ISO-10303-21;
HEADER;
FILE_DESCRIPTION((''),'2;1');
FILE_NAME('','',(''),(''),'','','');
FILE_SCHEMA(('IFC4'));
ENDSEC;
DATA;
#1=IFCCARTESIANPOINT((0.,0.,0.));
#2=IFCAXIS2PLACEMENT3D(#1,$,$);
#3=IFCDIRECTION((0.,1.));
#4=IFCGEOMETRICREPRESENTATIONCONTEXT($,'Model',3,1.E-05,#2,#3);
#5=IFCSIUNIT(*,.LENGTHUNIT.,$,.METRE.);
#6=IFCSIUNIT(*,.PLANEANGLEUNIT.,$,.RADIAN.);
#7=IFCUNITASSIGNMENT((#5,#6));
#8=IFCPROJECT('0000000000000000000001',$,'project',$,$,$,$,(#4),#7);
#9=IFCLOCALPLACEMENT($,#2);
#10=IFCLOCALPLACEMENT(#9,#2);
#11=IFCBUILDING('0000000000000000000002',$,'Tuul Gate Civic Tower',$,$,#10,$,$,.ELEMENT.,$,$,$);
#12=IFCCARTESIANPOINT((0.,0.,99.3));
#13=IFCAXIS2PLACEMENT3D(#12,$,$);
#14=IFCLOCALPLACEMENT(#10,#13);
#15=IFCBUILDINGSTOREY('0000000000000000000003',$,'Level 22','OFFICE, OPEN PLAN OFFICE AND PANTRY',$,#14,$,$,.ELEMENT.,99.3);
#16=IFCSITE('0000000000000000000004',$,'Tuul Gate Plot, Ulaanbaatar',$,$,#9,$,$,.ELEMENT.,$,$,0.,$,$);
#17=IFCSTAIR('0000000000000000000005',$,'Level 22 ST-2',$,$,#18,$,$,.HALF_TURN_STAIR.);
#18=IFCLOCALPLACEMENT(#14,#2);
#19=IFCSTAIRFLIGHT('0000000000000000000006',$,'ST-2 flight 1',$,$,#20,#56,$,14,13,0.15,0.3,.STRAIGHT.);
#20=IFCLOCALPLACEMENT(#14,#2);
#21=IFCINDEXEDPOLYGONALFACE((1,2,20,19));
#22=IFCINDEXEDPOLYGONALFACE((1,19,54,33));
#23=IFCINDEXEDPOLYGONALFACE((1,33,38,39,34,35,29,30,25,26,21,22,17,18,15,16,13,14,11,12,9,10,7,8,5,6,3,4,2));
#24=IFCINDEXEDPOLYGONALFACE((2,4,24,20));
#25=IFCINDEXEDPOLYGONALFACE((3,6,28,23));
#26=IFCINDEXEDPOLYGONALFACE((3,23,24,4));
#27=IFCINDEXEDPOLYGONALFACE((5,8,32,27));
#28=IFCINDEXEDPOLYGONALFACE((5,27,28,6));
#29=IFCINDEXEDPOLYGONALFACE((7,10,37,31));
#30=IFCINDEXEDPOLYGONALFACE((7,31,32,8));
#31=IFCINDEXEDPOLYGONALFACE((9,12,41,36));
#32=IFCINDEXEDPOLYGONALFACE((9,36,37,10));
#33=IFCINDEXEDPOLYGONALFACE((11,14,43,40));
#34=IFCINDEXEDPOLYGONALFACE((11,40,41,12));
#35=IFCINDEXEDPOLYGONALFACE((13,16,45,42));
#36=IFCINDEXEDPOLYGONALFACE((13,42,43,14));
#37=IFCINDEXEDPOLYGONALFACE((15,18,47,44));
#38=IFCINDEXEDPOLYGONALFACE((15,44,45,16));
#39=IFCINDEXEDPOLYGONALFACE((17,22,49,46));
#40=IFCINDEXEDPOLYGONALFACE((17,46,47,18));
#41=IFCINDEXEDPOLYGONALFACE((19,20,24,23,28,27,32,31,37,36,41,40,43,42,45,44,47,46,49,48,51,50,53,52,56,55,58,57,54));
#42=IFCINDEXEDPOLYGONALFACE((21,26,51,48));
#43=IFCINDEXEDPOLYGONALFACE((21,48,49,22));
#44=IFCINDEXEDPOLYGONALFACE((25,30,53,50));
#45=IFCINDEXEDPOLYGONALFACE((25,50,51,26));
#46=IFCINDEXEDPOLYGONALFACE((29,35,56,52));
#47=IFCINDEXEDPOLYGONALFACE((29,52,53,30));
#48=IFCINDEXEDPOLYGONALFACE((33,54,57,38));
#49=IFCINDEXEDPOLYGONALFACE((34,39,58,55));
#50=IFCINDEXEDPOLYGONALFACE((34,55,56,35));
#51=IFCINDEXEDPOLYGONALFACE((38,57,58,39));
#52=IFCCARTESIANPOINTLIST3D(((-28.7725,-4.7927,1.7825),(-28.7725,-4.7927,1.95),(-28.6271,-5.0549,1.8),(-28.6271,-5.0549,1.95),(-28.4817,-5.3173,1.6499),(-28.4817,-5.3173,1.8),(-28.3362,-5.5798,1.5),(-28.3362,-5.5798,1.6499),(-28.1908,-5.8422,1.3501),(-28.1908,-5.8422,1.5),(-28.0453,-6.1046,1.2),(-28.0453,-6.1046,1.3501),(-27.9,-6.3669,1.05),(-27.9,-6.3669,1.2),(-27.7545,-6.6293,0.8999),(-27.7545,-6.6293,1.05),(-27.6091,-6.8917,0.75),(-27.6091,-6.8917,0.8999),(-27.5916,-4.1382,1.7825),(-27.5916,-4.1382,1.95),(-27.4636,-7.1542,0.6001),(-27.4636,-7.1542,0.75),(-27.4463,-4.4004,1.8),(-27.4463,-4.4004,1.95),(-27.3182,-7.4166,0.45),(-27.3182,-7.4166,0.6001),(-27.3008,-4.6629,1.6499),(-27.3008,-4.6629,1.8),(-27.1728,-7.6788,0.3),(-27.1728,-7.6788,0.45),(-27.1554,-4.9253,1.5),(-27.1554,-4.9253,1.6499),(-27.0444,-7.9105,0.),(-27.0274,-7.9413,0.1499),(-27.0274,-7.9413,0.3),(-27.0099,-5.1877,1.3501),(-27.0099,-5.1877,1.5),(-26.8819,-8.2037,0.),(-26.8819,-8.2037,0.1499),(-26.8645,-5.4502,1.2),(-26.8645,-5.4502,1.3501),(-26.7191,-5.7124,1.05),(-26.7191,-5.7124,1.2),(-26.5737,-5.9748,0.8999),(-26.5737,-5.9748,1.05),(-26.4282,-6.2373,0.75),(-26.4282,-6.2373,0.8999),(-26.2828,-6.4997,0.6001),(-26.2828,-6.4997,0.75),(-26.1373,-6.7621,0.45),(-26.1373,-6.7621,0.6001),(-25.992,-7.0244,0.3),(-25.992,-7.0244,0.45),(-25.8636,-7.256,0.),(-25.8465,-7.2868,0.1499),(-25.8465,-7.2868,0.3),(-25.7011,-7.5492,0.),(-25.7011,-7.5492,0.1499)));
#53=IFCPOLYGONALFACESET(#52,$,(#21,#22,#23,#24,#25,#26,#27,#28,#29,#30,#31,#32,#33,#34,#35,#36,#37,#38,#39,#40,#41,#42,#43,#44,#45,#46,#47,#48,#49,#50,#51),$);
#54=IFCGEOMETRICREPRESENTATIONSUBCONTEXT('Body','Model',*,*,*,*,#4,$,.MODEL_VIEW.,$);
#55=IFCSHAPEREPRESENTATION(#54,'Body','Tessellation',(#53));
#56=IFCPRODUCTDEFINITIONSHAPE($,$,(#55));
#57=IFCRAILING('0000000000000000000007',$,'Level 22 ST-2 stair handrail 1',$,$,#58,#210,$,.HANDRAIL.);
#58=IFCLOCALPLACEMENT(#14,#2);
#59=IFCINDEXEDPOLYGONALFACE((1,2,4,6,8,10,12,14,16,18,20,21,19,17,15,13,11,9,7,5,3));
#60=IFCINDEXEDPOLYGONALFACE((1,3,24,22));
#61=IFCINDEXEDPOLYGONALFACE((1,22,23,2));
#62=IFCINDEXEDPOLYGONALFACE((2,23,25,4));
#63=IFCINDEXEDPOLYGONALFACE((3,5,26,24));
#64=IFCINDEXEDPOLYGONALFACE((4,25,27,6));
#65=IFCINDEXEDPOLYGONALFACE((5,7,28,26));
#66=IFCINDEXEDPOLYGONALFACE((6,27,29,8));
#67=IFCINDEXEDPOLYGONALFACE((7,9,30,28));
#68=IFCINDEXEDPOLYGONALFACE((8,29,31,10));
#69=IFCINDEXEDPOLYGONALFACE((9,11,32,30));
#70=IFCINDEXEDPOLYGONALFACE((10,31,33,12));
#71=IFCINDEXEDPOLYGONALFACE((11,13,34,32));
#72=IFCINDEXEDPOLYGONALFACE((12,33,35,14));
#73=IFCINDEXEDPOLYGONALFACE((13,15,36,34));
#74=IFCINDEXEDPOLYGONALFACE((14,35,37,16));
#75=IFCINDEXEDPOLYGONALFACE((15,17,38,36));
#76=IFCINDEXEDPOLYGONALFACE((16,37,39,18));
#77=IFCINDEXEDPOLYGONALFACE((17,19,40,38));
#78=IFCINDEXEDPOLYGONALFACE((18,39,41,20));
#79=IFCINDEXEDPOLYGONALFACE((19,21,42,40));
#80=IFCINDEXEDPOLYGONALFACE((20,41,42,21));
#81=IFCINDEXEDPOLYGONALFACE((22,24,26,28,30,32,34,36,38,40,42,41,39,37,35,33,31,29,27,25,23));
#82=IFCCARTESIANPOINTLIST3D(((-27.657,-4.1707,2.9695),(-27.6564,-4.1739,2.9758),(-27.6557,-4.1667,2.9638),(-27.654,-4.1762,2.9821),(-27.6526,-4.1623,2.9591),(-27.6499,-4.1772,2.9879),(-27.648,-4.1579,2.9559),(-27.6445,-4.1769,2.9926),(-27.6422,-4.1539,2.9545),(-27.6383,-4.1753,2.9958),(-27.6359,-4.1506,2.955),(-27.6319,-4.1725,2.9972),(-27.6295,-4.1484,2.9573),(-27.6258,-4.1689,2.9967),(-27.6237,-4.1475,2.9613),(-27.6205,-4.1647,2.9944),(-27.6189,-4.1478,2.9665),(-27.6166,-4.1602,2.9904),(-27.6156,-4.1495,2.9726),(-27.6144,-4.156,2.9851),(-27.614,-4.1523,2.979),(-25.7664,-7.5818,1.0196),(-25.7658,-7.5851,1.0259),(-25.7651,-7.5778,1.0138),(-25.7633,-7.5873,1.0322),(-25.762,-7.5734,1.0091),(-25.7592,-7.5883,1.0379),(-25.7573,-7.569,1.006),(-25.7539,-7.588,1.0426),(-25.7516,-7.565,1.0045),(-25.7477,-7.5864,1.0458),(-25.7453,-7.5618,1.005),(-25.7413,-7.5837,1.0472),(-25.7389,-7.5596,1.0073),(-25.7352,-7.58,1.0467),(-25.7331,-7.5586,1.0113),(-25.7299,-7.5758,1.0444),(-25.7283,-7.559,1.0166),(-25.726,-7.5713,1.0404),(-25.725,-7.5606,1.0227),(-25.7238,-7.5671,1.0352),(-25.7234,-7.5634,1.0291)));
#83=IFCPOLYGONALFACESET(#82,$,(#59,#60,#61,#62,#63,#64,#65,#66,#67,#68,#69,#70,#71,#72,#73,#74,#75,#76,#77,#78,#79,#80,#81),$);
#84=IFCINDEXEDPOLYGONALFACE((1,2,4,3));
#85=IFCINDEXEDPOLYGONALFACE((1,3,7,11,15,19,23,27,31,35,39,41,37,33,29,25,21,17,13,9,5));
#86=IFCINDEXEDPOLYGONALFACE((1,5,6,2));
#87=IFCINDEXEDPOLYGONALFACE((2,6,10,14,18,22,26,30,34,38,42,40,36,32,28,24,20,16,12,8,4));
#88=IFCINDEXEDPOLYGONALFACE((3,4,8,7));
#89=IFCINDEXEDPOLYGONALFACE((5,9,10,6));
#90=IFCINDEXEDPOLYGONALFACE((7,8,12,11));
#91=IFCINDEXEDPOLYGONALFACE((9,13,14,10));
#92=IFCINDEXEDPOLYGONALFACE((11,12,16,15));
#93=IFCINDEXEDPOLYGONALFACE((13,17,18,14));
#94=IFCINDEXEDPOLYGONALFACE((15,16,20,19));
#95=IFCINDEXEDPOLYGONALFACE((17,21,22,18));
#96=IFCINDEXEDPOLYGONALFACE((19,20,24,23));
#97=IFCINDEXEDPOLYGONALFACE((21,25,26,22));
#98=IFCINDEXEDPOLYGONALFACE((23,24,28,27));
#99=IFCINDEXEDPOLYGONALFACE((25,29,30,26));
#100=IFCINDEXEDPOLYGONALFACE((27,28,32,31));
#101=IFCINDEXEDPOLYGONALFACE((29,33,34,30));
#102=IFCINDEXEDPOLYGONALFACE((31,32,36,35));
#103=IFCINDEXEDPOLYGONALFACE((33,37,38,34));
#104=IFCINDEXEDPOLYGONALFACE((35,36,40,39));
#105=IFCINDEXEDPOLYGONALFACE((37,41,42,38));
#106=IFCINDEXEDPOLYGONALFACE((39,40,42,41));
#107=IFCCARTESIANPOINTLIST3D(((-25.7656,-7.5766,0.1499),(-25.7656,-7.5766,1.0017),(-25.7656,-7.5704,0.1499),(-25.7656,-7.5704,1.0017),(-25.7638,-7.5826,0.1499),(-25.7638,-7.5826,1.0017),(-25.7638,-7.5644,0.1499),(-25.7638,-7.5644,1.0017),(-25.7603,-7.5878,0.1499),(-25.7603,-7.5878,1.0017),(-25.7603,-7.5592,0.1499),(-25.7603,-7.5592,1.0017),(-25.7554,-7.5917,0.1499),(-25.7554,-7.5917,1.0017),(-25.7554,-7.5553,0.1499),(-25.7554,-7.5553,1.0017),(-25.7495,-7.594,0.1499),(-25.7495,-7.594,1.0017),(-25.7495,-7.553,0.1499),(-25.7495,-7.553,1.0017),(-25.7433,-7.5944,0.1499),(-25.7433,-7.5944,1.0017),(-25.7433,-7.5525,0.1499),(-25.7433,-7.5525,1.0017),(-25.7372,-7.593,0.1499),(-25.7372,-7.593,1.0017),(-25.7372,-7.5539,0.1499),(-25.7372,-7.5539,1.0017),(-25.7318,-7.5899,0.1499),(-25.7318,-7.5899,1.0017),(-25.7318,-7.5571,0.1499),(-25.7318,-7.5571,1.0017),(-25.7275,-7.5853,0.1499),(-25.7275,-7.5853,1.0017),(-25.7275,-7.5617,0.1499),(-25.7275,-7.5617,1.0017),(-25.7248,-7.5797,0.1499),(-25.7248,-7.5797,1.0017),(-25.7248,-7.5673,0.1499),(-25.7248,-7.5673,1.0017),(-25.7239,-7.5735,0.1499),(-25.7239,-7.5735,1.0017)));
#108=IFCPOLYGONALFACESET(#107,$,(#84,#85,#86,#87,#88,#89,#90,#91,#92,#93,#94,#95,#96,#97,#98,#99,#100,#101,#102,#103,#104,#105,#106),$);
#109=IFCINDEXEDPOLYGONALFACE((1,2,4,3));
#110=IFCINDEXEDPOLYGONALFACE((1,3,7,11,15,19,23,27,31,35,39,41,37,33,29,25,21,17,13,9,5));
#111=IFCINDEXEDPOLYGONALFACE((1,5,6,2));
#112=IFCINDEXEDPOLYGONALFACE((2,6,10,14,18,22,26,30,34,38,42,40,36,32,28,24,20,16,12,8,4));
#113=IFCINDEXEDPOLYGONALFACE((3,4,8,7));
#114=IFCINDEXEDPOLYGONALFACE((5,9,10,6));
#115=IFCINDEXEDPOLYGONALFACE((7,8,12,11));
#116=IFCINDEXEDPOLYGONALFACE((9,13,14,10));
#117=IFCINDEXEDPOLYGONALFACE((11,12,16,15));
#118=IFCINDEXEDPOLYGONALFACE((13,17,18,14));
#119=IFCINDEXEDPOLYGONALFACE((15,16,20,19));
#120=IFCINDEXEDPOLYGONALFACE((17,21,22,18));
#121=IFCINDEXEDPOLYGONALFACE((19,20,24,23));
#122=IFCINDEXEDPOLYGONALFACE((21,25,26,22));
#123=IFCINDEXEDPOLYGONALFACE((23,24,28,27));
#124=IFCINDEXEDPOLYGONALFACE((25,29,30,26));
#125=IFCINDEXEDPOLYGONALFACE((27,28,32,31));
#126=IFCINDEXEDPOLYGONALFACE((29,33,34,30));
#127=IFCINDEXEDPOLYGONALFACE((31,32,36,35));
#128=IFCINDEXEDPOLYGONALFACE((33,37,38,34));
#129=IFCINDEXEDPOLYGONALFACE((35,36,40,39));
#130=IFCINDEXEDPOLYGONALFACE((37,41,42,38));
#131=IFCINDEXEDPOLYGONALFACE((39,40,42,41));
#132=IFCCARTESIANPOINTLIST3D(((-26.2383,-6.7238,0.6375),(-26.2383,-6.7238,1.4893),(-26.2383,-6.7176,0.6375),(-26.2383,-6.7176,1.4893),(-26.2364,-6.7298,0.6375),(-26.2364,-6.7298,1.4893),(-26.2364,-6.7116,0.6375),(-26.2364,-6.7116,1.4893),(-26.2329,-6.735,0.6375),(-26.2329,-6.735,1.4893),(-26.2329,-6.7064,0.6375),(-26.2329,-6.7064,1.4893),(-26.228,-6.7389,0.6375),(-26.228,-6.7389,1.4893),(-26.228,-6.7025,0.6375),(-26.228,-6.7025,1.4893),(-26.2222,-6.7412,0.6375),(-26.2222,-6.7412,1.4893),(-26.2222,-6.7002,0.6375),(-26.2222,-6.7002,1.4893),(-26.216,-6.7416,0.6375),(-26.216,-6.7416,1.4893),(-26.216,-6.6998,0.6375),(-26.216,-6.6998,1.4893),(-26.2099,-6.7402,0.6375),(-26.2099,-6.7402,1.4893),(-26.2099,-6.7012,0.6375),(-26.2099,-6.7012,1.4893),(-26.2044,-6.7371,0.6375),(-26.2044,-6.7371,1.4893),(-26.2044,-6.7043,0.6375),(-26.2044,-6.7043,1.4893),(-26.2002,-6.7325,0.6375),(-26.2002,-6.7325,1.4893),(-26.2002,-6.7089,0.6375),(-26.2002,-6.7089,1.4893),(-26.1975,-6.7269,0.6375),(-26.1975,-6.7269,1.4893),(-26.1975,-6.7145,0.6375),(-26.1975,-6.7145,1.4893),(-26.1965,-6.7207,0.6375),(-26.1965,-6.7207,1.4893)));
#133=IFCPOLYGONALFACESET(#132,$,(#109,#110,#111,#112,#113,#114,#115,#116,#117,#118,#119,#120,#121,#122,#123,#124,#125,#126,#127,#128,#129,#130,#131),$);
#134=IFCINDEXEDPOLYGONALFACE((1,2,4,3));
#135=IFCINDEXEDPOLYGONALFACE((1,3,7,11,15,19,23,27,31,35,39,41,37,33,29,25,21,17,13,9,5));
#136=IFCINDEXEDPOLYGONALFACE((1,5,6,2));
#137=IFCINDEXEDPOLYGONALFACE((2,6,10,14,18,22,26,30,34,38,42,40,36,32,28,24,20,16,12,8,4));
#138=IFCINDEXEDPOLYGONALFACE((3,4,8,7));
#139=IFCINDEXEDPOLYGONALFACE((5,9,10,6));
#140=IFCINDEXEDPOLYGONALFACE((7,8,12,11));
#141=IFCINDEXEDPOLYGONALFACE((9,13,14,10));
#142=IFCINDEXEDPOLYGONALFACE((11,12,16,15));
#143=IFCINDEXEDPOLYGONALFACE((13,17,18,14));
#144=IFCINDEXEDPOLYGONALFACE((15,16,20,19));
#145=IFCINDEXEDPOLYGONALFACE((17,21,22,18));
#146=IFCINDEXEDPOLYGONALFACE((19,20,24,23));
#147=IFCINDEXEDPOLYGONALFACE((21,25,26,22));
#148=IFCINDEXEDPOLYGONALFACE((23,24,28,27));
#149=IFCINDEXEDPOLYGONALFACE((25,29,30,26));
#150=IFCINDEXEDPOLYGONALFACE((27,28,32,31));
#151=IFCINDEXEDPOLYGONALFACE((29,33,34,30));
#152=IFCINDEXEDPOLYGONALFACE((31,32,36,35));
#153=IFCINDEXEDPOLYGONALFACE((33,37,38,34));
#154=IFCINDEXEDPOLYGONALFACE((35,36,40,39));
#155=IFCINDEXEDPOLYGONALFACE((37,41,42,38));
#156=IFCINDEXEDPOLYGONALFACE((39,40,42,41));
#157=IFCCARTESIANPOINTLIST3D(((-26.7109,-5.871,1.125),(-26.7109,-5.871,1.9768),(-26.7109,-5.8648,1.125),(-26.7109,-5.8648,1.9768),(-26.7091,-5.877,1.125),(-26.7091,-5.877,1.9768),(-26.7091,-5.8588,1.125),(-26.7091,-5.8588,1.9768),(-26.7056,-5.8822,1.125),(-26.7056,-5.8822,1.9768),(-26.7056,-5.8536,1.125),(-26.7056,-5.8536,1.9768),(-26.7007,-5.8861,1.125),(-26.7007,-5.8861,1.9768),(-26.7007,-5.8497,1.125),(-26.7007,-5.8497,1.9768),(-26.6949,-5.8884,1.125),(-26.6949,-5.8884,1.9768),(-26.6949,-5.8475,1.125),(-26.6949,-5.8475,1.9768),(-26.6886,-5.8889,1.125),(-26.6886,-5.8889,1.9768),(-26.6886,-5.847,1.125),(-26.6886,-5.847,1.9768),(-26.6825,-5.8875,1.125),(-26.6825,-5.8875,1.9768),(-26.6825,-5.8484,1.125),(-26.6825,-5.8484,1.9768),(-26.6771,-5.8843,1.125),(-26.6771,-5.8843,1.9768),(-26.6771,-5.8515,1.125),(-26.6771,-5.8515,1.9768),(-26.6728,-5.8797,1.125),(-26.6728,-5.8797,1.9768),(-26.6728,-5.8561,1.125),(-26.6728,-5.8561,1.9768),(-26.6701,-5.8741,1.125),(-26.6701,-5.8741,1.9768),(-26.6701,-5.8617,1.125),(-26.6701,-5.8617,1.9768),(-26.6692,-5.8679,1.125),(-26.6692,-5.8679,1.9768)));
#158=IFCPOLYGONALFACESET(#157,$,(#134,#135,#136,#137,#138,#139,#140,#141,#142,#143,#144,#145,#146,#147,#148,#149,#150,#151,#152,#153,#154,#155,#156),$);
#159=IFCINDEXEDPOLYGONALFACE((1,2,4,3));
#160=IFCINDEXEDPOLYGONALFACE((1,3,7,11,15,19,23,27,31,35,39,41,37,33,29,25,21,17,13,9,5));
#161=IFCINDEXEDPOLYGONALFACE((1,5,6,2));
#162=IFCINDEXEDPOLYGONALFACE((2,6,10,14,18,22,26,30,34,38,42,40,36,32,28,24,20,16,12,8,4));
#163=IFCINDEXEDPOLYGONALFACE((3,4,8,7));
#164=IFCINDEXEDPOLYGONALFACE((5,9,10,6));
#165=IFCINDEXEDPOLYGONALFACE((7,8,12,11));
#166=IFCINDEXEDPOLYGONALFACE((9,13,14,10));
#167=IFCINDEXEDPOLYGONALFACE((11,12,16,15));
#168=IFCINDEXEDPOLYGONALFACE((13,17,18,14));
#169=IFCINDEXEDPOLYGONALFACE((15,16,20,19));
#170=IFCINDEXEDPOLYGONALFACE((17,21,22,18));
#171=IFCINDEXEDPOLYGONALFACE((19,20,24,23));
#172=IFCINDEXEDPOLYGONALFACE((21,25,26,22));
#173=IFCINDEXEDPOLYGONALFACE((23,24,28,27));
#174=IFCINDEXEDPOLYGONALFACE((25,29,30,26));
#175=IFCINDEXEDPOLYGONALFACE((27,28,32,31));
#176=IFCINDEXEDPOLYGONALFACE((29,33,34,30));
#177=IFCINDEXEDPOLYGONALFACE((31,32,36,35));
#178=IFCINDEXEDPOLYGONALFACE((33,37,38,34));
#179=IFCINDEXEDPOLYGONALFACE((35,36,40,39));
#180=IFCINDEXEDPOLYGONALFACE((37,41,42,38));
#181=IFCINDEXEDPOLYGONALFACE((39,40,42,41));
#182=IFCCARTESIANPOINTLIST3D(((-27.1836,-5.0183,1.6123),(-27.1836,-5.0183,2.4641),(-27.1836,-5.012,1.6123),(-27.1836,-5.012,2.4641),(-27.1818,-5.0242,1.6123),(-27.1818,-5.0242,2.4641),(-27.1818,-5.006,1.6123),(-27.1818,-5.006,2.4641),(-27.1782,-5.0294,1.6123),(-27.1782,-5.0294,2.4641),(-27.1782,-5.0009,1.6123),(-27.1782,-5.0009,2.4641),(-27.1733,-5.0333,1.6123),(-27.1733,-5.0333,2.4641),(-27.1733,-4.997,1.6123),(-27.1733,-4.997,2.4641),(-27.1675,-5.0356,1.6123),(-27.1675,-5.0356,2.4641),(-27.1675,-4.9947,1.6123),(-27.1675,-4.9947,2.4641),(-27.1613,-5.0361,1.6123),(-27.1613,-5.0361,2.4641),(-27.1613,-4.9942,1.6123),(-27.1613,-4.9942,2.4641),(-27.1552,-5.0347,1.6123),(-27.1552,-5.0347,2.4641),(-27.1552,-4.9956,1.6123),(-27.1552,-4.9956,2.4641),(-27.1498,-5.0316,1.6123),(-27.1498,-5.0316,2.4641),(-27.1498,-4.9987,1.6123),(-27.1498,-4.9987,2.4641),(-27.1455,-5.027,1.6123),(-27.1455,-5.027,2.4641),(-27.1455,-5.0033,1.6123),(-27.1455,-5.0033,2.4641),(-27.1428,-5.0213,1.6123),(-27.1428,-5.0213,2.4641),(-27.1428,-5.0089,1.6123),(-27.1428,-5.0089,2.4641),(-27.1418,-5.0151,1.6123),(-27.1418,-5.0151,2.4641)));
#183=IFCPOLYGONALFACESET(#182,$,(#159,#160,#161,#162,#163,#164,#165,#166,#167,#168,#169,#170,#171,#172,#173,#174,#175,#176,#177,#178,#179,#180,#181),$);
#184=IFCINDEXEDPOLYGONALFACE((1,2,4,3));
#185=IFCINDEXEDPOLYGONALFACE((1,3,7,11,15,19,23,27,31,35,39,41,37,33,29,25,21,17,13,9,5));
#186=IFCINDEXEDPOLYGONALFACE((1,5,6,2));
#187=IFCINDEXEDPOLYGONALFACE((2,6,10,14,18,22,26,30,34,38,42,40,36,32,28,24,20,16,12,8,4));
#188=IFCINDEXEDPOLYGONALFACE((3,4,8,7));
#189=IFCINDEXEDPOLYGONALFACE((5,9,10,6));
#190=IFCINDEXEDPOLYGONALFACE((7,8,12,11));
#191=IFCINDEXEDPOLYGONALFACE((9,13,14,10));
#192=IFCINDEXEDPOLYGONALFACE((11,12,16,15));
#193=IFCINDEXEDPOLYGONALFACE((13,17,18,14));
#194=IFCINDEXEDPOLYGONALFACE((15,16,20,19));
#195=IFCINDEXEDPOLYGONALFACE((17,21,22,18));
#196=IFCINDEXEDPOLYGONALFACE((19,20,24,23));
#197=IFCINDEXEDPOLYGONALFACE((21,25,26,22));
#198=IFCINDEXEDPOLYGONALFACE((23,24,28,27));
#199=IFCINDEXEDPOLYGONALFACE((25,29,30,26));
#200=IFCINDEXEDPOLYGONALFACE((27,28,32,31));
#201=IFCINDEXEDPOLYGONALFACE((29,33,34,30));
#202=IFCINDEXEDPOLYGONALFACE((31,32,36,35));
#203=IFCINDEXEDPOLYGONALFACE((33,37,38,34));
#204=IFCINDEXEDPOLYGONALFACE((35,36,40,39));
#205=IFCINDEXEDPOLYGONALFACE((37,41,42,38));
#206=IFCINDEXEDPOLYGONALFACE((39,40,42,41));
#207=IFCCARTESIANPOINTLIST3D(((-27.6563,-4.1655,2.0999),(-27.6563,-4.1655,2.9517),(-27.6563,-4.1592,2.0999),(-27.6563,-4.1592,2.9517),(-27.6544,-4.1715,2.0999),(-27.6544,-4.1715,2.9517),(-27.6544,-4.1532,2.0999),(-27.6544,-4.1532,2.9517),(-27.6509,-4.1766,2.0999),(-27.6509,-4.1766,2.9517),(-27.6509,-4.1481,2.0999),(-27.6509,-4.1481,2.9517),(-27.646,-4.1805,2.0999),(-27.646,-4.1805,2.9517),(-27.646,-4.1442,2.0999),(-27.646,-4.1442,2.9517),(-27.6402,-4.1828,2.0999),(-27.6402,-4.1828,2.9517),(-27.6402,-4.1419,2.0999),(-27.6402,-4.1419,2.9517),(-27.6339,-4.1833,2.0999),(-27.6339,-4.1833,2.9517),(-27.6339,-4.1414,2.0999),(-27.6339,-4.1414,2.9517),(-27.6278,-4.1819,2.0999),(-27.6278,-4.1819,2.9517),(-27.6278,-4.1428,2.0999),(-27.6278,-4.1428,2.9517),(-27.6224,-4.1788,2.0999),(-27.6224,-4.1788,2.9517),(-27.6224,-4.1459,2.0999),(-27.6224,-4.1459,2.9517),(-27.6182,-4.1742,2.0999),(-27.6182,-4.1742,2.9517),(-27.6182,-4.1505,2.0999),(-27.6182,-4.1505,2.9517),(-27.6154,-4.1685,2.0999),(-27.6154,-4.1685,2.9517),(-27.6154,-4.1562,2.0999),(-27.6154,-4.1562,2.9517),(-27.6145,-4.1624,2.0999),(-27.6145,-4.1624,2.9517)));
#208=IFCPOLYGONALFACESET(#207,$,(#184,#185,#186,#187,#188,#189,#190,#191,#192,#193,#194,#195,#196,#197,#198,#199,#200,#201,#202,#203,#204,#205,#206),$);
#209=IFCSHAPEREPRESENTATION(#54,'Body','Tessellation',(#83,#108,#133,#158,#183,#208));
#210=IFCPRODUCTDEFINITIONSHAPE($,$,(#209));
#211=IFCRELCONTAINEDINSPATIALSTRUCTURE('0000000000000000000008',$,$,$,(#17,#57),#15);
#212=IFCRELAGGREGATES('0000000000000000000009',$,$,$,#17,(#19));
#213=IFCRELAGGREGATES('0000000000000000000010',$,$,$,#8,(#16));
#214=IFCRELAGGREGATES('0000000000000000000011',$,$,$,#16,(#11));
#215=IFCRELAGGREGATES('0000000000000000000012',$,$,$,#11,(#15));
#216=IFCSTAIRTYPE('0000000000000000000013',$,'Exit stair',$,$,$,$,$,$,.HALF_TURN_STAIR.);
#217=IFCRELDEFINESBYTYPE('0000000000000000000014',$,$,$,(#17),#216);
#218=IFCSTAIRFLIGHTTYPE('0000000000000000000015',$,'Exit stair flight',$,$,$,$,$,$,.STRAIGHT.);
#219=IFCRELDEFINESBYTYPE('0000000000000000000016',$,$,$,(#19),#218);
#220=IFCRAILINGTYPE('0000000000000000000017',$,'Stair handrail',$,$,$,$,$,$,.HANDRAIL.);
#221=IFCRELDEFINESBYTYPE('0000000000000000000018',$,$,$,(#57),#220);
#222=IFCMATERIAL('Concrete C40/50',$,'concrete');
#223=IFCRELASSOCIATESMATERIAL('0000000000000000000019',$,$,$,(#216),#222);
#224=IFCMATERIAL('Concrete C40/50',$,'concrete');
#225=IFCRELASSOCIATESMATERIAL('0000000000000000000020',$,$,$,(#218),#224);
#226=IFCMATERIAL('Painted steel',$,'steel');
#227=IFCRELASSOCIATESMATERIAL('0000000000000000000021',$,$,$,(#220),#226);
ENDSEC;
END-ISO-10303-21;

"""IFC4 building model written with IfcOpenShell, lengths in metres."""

from ifc_helpers import new_model, si_unit, direction, frame, origin, origin_2d, place, context, subcontext, project, spatial, polyline, circle, outline, extrude, material, type_object, element, aggregate, save


model = new_model("IFC4")

# Units and contexts
model_context = context("Model", 3, precision=1e-05, world=origin(), true_north=direction((0.0, 1.0)))
body_context = subcontext(model_context, "Body", "Model", "MODEL_VIEW")
ifc_project = project(units=[si_unit("LENGTHUNIT", "METRE"), si_unit("PLANEANGLEUNIT", "RADIAN")], contexts=[model_context])

# Site, building, storey
site_placement = place(None, origin())
site = spatial("IfcSite", under=ifc_project, at=site_placement, Name="Tuul Gate Plot, Ulaanbaatar", CompositionType="ELEMENT", RefElevation=0.0)
building_placement = place(site_placement, origin())
building = spatial("IfcBuilding", under=site, at=building_placement, Name="Tuul Gate Civic Tower", CompositionType="ELEMENT")
storey_placement = place(building_placement, frame((0.0, 0.0, 99.3)))
storey = spatial("IfcBuildingStorey", under=building, at=storey_placement, Name="Level 22", Description="OFFICE, OPEN PLAN OFFICE AND PANTRY", CompositionType="ELEMENT", Elevation=99.3)

# Stair, stair flight
ifc_material_1 = material(Name="Concrete C40/50", Category="concrete")
stair_type = type_object("IfcStairType", Name="Exit stair", PredefinedType="HALF_TURN_STAIR", material=ifc_material_1)
stair_placement = place(storey_placement, origin())
stair = element("IfcStair", 1, at=stair_placement, inside=storey, type_object=stair_type, Name="Level 22 ST-2", PredefinedType="HALF_TURN_STAIR")
ifc_material_2 = material(Name="Concrete C40/50", Category="concrete")
stair_flight_type = type_object("IfcStairFlightType", Name="Exit stair flight", PredefinedType="STRAIGHT", material=ifc_material_2)
stair_flight_placement = place(storey_placement, frame((-26.2915, -7.8765, 0.0), z_axis=(0.0, 0.0, 1.0), x_axis=(-0.484762, 0.874646, 0.0)))
stair_flight = element("IfcStairFlight", 2, at=stair_flight_placement, type_object=stair_flight_type, Name="ST-2 flight 1", NumberOfRisers=14, NumberOfTreads=13, PredefinedType="STRAIGHT", RiserHeight=0.15, TreadLength=0.3, context=body_context, shape_type="SweptSolid", body=[
    extrude(outline(polyline([(0.0, 0.0), (0.0, 0.1499), (0.3, 0.1499), (0.3, 0.3), (0.6001, 0.3), (0.6001, 0.45), (0.8999, 0.45), (0.8999, 0.6001), (1.2, 0.6001), (1.2, 0.75), (1.5, 0.75), (1.5, 0.8999), (1.8, 0.8999), (1.8, 1.05), (2.1001, 1.05), (2.1001, 1.2), (2.3999, 1.2), (2.3999, 1.3501), (2.7, 1.3501), (2.7, 1.5), (3.0, 1.5), (3.0, 1.6499), (3.3, 1.6499), (3.3, 1.8), (3.6001, 1.8), (3.6001, 1.95), (3.8999, 1.95), (3.8999, 2.1001), (3.8999, 1.7825), (0.3352, 0.0), (0.0, 0.0)])), frame((0.0, 0.675, 0.0), z_axis=(0.0, -1.0, 0.0), x_axis=(1.0, 0.0, 0.0)), (0.0, 0.0, 1.0), 1.3501),
])
aggregate(stair, [stair_flight])

# Railing
ifc_material_3 = material(Name="Painted steel", Category="steel")
railing_type = type_object("IfcRailingType", Name="Stair handrail", PredefinedType="HANDRAIL", material=ifc_material_3)
railing_placement = place(storey_placement, frame((-25.7449, -7.5735, 0.1499)))
element("IfcRailing", 3, at=railing_placement, inside=storey, type_object=railing_type, Name="Level 22 ST-2 stair handrail 1", PredefinedType="HANDRAIL", context=body_context, shape_type="SweptSolid", body=[
    extrude(circle(Radius=0.0239, at=origin_2d()), frame((0.0, 0.0, 0.876), z_axis=(-0.433595, 0.782308, 0.447201), x_axis=(-0.874641, -0.484771, 0.0)), (0.0, 0.0, 1.0), 4.3604),
    extrude(circle(Radius=0.021, at=origin_2d()), origin(), (0.0, 0.0, 1.0), 0.8518),
    extrude(circle(Radius=0.021, at=origin_2d()), frame((-0.4727, 0.8528, 0.4875)), (0.0, 0.0, 1.0), 0.8518),
    extrude(circle(Radius=0.021, at=origin_2d()), frame((-0.9453, 1.7056, 0.9751)), (0.0, 0.0, 1.0), 0.8518),
    extrude(circle(Radius=0.021, at=origin_2d()), frame((-1.418, 2.5583, 1.4624)), (0.0, 0.0, 1.0), 0.8518),
    extrude(circle(Radius=0.021, at=origin_2d()), frame((-1.8906, 3.4111, 1.95)), (0.0, 0.0, 1.0), 0.8518),
])

save(model, "model.ifc")
